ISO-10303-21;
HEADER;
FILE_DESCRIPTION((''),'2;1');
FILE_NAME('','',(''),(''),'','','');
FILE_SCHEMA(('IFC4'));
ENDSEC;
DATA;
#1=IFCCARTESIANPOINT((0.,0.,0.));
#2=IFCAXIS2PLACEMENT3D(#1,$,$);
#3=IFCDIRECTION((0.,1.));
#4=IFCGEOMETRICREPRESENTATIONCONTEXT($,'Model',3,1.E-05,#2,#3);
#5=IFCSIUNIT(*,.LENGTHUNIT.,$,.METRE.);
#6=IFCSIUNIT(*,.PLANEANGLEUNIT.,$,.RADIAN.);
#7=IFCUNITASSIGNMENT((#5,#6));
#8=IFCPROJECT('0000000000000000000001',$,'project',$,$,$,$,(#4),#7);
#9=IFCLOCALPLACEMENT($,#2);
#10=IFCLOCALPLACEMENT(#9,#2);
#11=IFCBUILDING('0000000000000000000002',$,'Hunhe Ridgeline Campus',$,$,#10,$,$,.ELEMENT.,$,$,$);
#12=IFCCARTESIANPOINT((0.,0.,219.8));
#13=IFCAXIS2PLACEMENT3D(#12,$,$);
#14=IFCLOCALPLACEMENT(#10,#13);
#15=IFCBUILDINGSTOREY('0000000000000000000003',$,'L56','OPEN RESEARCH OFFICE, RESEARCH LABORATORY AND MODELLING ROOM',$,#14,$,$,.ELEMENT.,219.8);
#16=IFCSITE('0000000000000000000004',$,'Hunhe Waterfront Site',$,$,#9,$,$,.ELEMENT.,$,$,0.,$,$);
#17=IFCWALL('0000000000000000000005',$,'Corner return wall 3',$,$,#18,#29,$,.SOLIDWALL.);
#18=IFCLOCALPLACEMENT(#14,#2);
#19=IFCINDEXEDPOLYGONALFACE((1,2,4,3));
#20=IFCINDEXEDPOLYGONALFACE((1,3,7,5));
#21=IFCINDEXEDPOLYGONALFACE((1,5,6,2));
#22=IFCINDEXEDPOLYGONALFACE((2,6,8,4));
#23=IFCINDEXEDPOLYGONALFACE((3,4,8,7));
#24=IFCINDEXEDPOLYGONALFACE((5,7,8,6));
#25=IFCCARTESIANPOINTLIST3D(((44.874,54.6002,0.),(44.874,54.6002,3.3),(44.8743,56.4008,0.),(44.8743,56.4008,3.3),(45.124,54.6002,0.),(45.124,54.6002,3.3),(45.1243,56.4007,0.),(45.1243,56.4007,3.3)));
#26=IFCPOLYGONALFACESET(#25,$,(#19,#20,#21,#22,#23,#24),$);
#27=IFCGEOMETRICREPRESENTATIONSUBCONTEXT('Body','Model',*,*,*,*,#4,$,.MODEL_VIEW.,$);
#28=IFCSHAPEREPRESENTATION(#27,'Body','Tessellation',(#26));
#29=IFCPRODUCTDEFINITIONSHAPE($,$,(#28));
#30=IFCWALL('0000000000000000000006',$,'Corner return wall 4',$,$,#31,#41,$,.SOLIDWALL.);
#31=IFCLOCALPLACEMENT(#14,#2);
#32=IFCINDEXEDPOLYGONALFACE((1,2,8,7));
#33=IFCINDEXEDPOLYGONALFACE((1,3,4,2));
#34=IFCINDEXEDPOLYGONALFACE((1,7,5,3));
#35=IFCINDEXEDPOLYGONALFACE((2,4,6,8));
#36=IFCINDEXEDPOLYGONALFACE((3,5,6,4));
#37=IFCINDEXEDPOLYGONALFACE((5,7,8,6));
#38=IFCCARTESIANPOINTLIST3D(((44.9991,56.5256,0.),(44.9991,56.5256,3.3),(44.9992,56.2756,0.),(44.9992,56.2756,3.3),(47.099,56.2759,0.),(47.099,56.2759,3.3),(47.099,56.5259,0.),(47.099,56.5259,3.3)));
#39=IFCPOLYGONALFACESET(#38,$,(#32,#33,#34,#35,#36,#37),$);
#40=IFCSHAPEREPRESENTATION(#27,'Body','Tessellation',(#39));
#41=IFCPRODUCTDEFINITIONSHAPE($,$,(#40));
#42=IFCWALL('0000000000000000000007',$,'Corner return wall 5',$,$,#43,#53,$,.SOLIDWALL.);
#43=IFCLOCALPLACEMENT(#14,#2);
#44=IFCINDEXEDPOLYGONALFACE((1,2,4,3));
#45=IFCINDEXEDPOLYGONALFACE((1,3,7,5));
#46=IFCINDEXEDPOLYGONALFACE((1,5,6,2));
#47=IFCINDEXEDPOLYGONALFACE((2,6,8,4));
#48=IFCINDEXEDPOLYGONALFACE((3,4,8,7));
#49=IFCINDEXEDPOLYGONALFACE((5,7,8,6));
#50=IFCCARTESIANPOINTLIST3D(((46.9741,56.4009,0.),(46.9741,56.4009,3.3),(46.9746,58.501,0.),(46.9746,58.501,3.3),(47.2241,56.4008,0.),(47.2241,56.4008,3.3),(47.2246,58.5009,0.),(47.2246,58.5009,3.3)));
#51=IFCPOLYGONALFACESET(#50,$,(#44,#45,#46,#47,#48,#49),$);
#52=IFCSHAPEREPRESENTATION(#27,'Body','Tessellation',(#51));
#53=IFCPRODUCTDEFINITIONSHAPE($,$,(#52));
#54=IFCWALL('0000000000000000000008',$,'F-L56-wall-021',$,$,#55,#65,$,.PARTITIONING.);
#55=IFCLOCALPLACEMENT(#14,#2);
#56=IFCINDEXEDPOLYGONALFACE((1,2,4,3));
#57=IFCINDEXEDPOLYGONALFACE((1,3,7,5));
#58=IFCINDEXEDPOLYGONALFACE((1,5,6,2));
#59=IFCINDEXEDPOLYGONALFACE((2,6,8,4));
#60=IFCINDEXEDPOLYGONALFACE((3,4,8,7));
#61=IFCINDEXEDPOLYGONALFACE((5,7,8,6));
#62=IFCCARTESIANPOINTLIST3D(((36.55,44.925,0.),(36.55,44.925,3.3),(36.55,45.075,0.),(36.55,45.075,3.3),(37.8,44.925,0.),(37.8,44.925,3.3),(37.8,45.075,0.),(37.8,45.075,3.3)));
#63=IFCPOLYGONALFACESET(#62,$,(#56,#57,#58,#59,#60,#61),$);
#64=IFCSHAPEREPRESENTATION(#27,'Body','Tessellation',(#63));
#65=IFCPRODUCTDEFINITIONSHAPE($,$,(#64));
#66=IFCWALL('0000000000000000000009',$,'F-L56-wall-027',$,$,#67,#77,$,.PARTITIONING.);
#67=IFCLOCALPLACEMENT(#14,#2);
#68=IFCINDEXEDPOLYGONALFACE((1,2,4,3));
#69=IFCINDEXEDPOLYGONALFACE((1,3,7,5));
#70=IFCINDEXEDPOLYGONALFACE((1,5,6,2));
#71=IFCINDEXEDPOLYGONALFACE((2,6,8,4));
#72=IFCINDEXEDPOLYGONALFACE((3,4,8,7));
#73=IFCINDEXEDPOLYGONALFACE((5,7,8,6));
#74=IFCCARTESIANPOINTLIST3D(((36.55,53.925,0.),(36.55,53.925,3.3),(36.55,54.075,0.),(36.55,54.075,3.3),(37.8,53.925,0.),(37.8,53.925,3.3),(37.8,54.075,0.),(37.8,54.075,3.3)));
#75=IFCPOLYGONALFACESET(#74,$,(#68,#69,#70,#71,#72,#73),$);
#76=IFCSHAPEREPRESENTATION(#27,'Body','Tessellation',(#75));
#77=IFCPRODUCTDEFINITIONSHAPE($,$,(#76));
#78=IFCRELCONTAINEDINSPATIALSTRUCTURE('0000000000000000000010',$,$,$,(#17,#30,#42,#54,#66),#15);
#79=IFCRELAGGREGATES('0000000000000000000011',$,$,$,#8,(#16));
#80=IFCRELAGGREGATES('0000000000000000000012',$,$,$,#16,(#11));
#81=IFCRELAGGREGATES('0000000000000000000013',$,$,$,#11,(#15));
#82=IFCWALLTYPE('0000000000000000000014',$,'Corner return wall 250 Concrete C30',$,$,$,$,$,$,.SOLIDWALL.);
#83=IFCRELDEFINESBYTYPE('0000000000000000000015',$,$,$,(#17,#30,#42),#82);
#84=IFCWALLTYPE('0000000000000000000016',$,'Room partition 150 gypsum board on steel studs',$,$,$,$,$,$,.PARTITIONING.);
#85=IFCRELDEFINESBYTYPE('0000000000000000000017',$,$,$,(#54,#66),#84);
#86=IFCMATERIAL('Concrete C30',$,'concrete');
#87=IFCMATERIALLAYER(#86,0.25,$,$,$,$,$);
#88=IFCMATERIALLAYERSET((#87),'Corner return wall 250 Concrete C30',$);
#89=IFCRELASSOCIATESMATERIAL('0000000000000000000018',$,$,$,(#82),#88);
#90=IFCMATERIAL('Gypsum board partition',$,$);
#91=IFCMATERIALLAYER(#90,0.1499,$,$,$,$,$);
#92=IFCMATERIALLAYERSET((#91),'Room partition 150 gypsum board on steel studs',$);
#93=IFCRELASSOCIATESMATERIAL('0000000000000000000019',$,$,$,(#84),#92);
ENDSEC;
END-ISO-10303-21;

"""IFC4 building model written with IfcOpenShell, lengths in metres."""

from ifc_helpers import new_model, si_unit, direction, frame, frame_2d, origin, place, context, subcontext, project, spatial, rectangle, extrude, material, layer, layer_set, type_object, element, save


model = new_model("IFC4")

# Units and contexts
model_context = context("Model", 3, precision=1e-05, world=origin(), true_north=direction((0.0, 1.0)))
body_context = subcontext(model_context, "Body", "Model", "MODEL_VIEW")
ifc_project = project(units=[si_unit("LENGTHUNIT", "METRE"), si_unit("PLANEANGLEUNIT", "RADIAN")], contexts=[model_context])

# Site, building, storey
site_placement = place(None, origin())
site = spatial("IfcSite", under=ifc_project, at=site_placement, Name="Hunhe Waterfront Site", CompositionType="ELEMENT", RefElevation=0.0)
building_placement = place(site_placement, origin())
building = spatial("IfcBuilding", under=site, at=building_placement, Name="Hunhe Ridgeline Campus", CompositionType="ELEMENT")
storey_placement = place(building_placement, frame((0.0, 0.0, 219.8)))
storey = spatial("IfcBuildingStorey", under=building, at=storey_placement, Name="L56", Description="OPEN RESEARCH OFFICE, RESEARCH LABORATORY AND MODELLING ROOM", CompositionType="ELEMENT", Elevation=219.8)

# Walls
ifc_material_1 = material(Name="Concrete C30", Category="concrete")
ifc_layer_1 = layer(ifc_material_1, 0.25)
ifc_layer_set_1 = layer_set([ifc_layer_1], Name="Corner return wall 250 Concrete C30")
wall_type_1 = type_object("IfcWallType", Name="Corner return wall 250 Concrete C30", PredefinedType="SOLIDWALL", material=ifc_layer_set_1)
wall_1_placement = place(storey_placement, frame((44.999, 54.6001, 0.0), z_axis=(0.0, 0.0, 1.0), x_axis=(0.000136, 1.0, 0.0)))
element("IfcWall", 1, at=wall_1_placement, inside=storey, type_object=wall_type_1, Name="Corner return wall 3", PredefinedType="SOLIDWALL", context=body_context, shape_type="SweptSolid", body=[
    extrude(rectangle(XDim=1.8005, YDim=0.25, at=frame_2d((0.9004, 0.0))), origin(), (0.0, 0.0, 1.0), 3.3),
])
wall_2_placement = place(storey_placement, frame((44.9993, 56.4006, 0.0), z_axis=(0.0, 0.0, 1.0), x_axis=(1.0, 0.000116, 0.0)))
element("IfcWall", 2, at=wall_2_placement, inside=storey, type_object=wall_type_1, Name="Corner return wall 4", PredefinedType="SOLIDWALL", context=body_context, shape_type="SweptSolid", body=[
    extrude(rectangle(XDim=2.0999, YDim=0.25, at=frame_2d((1.0498, 0.0))), origin(), (0.0, 0.0, 1.0), 3.3),
])
wall_3_placement = place(storey_placement, frame((47.0991, 56.4009, 0.0), z_axis=(0.0, 0.0, 1.0), x_axis=(0.000233, 1.0, 0.0)))
element("IfcWall", 3, at=wall_3_placement, inside=storey, type_object=wall_type_1, Name="Corner return wall 5", PredefinedType="SOLIDWALL", context=body_context, shape_type="SweptSolid", body=[
    extrude(rectangle(XDim=2.1001, YDim=0.25, at=frame_2d((1.05, 0.0))), origin(), (0.0, 0.0, 1.0), 3.3),
])
ifc_material_2 = material(Name="Gypsum board partition")
ifc_layer_2 = layer(ifc_material_2, 0.1499)
ifc_layer_set_2 = layer_set([ifc_layer_2], Name="Room partition 150 gypsum board on steel studs")
wall_type_2 = type_object("IfcWallType", Name="Room partition 150 gypsum board on steel studs", PredefinedType="PARTITIONING", material=ifc_layer_set_2)
for number, where, z_axis, x_axis, name in (
    (4, (36.55, 45.0, 0.0), (0.0, 0.0, 1.0), (1.0, 0.0, 0.0), "F-L56-wall-021"),
    (5, (36.55, 54.0, 0.0), (0.0, 0.0, 1.0), (1.0, 0.0, 0.0), "F-L56-wall-027"),
):
    element("IfcWall", number, at=place(storey_placement, frame(where, z_axis=z_axis, x_axis=x_axis)), inside=storey, type_object=wall_type_2, Name=name, PredefinedType="PARTITIONING", context=body_context, shape_type="SweptSolid", body=[
        extrude(rectangle(XDim=1.25, YDim=0.1499, at=frame_2d((0.625, 0.0))), origin(), (0.0, 0.0, 1.0), 3.3),
    ])

save(model, "model.ifc")
